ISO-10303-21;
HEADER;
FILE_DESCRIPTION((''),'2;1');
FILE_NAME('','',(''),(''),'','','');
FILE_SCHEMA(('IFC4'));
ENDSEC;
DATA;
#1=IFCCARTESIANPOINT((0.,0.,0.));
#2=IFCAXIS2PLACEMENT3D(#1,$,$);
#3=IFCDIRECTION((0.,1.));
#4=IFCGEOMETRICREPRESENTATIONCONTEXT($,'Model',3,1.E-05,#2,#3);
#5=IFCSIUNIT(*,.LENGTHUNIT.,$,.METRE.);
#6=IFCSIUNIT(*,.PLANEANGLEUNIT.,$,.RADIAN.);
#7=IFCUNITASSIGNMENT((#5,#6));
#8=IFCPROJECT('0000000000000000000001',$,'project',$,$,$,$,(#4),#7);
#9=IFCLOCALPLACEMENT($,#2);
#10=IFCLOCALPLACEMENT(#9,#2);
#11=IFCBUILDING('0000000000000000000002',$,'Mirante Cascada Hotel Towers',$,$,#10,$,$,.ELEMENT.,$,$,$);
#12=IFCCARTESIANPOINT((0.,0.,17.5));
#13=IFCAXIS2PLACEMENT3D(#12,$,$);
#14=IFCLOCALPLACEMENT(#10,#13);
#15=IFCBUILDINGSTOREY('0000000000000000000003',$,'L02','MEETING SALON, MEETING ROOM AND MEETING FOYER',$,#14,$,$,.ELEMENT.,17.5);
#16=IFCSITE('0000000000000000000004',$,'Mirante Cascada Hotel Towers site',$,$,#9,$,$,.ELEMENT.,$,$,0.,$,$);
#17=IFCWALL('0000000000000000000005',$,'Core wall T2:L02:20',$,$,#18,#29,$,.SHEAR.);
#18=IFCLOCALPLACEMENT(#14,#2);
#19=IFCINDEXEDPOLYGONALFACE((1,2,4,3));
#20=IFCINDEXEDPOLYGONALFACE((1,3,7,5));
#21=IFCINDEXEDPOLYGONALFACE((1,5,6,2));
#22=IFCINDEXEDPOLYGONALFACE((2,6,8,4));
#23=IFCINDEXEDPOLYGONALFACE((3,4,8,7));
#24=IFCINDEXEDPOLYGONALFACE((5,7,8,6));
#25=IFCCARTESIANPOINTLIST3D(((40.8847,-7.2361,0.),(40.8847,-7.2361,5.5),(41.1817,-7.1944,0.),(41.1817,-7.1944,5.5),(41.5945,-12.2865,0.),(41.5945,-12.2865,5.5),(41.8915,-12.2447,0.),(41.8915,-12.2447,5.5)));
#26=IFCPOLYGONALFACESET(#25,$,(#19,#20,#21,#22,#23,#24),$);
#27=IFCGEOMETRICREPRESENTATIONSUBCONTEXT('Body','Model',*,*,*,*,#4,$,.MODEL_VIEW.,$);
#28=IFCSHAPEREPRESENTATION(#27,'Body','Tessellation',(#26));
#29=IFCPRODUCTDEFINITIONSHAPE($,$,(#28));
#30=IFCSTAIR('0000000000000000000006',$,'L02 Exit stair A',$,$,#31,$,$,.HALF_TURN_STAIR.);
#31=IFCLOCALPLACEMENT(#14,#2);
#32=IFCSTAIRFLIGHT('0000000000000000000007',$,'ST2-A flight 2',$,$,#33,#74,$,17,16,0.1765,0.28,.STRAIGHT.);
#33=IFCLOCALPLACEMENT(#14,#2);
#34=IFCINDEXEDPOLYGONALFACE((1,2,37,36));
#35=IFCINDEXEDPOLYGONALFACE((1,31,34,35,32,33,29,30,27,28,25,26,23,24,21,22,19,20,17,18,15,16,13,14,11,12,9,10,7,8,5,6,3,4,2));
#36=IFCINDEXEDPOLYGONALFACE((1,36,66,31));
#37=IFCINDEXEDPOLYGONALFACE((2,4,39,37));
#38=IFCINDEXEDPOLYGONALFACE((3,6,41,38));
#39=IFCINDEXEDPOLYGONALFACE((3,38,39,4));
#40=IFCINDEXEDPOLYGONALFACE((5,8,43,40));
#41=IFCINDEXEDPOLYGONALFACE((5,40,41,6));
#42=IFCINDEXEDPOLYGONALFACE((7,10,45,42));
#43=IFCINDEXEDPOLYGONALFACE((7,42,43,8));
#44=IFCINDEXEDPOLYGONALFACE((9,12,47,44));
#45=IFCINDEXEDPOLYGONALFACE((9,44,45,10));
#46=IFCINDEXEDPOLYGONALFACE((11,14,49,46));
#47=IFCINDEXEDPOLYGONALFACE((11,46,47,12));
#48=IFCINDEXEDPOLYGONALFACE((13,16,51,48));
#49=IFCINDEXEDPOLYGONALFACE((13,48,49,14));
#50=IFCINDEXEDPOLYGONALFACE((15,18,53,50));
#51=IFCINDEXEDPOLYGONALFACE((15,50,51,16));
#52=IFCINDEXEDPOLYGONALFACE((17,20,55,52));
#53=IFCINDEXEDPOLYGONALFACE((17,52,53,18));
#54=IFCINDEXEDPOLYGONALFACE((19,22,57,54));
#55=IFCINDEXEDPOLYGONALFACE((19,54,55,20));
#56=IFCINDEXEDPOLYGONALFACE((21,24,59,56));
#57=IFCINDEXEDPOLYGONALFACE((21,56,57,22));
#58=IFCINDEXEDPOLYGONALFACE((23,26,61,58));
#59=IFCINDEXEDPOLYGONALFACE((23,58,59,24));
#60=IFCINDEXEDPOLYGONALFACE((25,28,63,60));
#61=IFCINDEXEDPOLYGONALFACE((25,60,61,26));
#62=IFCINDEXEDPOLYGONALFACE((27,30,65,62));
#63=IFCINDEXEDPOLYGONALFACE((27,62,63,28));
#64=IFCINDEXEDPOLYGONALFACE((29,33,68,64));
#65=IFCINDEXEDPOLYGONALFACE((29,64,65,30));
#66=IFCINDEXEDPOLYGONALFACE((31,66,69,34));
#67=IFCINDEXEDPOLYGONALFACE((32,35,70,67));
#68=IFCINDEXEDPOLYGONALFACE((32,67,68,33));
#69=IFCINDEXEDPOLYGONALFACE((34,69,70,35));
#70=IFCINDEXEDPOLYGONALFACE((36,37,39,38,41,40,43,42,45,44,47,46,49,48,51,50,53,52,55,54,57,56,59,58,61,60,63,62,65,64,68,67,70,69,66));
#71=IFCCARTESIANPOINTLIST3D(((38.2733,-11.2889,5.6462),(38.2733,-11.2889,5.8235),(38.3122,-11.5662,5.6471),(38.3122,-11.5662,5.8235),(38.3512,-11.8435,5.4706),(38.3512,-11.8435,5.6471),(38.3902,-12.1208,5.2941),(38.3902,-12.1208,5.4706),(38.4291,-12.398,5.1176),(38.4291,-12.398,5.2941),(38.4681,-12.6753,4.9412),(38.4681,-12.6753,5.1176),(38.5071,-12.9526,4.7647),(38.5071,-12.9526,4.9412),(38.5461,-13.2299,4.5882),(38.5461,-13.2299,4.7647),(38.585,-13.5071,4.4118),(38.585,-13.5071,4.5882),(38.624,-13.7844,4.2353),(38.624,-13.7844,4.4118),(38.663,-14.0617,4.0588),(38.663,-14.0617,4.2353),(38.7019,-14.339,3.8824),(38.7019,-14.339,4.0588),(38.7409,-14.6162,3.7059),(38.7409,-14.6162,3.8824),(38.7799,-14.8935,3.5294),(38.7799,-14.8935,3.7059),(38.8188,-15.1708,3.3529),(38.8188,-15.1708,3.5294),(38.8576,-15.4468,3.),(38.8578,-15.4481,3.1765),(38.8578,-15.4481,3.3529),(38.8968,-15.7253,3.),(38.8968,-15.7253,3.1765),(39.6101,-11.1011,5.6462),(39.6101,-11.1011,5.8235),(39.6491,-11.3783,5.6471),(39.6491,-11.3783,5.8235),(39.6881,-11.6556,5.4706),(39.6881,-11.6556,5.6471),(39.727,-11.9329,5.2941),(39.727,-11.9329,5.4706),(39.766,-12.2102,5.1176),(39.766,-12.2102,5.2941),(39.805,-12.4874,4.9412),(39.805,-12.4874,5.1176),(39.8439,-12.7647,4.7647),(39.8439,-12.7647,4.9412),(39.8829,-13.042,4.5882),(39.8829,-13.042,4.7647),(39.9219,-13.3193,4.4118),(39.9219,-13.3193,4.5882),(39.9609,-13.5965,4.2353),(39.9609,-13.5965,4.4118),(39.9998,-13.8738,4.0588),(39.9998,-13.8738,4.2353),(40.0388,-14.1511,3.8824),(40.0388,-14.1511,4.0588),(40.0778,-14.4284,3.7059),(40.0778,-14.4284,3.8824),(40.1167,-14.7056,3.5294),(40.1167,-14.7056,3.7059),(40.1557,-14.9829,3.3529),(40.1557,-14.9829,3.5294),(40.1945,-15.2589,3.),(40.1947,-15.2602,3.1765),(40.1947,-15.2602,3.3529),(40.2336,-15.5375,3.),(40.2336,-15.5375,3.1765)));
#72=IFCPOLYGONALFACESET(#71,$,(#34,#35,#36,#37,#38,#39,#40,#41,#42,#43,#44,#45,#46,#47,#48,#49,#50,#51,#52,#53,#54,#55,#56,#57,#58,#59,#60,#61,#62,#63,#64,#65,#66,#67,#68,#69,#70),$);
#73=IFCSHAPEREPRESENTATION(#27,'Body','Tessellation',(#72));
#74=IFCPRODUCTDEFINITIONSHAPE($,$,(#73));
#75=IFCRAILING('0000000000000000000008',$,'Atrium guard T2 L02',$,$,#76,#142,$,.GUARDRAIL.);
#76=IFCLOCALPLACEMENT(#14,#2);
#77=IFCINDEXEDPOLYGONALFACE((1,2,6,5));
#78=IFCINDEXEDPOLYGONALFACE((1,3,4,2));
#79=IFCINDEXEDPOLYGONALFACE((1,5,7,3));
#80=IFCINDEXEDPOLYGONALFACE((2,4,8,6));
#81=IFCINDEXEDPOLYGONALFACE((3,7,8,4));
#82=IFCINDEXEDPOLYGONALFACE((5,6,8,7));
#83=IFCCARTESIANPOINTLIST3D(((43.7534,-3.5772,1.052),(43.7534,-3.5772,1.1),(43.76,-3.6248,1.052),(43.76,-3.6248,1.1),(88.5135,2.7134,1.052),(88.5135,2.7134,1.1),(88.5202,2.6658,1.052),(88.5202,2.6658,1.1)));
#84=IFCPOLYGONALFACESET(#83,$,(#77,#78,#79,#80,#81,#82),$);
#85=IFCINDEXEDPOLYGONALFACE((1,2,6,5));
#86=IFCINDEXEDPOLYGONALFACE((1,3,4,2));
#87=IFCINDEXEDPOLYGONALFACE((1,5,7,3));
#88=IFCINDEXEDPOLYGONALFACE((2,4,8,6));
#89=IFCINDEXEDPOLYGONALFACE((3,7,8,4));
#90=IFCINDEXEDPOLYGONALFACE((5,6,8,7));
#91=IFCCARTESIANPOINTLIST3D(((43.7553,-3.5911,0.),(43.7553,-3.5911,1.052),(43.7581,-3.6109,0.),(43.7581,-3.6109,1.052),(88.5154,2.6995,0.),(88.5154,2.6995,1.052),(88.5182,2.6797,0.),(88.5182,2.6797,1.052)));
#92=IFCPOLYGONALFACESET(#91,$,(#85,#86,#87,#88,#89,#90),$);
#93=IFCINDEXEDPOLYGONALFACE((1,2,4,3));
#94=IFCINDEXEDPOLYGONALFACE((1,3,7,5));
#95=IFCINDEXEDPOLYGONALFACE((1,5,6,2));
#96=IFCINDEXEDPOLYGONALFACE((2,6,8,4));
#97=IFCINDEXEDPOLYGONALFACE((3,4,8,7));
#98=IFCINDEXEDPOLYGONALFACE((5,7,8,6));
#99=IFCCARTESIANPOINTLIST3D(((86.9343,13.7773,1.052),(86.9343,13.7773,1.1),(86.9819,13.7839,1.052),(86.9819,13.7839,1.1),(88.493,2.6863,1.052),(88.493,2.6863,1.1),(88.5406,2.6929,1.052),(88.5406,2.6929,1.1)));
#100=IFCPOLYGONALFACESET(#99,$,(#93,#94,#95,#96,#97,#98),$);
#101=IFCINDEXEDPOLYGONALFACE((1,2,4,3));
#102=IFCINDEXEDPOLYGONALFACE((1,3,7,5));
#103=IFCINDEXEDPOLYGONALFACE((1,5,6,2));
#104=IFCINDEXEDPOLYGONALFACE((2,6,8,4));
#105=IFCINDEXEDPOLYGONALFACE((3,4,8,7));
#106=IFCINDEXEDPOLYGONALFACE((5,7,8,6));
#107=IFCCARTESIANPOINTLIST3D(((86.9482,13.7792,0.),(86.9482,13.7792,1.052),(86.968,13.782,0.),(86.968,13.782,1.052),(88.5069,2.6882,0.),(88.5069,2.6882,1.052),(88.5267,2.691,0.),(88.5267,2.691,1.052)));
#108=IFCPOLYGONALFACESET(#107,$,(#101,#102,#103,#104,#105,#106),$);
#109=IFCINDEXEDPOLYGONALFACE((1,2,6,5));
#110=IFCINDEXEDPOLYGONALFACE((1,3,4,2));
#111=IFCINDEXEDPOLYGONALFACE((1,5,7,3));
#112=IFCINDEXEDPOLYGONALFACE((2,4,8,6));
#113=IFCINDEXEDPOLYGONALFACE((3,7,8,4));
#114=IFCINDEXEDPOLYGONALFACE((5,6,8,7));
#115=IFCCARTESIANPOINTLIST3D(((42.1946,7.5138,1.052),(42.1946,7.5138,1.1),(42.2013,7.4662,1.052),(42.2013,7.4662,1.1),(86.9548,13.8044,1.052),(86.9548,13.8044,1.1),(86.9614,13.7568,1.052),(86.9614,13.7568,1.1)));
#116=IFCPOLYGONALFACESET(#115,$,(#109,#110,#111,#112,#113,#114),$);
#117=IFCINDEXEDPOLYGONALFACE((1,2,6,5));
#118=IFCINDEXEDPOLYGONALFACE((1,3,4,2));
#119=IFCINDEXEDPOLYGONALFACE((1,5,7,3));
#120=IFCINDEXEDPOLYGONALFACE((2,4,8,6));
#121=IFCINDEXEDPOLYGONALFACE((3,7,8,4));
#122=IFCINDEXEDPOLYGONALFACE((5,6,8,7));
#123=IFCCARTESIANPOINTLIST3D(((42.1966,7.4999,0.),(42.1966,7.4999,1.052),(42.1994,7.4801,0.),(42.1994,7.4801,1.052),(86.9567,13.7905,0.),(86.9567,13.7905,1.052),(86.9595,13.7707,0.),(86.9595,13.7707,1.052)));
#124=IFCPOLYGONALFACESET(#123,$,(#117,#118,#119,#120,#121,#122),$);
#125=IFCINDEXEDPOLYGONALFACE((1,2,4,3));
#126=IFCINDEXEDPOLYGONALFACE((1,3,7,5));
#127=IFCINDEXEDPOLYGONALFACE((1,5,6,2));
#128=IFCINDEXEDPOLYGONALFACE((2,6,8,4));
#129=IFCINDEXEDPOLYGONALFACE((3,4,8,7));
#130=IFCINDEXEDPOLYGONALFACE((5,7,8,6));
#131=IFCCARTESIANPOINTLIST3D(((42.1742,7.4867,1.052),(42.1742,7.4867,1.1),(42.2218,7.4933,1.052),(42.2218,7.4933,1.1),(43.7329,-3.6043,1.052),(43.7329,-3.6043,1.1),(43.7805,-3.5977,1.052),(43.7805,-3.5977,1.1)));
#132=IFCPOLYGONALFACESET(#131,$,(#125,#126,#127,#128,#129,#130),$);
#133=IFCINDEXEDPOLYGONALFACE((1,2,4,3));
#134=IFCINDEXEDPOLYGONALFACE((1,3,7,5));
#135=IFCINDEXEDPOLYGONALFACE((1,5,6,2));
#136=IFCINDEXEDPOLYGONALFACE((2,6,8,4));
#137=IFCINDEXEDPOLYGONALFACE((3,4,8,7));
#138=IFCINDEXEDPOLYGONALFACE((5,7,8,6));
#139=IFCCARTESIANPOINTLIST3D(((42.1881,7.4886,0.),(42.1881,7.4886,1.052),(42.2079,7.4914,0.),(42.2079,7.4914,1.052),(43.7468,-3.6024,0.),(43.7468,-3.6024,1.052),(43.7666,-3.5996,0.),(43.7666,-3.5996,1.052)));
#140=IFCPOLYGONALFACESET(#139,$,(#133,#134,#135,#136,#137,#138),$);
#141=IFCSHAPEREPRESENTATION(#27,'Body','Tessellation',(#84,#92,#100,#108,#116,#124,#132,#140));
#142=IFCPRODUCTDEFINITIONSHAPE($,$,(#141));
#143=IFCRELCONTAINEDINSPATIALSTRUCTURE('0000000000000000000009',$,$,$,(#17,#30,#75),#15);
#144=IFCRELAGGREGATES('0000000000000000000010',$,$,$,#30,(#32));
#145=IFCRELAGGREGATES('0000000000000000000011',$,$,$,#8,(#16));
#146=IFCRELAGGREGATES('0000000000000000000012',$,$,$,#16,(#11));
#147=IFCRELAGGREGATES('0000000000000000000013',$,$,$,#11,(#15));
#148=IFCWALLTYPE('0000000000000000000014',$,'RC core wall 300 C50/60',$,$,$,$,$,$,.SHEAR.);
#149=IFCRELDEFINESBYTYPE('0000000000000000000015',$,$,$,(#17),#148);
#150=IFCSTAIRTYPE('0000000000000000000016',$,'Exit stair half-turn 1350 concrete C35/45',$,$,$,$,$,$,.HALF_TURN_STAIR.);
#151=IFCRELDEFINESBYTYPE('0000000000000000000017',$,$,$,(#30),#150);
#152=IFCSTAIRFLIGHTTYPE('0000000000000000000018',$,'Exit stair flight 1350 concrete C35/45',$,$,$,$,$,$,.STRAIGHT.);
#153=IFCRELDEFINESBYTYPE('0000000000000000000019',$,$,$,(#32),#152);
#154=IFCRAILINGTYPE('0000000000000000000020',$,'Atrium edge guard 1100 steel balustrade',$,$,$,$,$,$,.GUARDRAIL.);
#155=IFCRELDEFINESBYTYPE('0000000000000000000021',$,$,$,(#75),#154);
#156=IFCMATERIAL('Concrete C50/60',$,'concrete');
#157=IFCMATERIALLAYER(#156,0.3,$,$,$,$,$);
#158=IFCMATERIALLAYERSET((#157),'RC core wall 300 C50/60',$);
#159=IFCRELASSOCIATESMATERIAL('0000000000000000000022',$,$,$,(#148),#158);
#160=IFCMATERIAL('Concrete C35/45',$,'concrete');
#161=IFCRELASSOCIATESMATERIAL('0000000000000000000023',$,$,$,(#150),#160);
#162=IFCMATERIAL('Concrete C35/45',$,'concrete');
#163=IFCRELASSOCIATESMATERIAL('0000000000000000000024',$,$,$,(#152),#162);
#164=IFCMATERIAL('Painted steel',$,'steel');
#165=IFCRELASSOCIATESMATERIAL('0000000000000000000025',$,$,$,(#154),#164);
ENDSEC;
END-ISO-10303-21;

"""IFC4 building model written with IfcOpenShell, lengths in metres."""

from ifc_helpers import new_model, si_unit, direction, frame, frame_2d, origin, origin_2d, place, context, subcontext, project, spatial, polyline, rectangle, outline, extrude, material, layer, layer_set, type_object, element, aggregate, save


model = new_model("IFC4")

# Units and contexts
model_context = context("Model", 3, precision=1e-05, world=origin(), true_north=direction((0.0, 1.0)))
body_context = subcontext(model_context, "Body", "Model", "MODEL_VIEW")
ifc_project = project(units=[si_unit("LENGTHUNIT", "METRE"), si_unit("PLANEANGLEUNIT", "RADIAN")], contexts=[model_context])

# Site, building, storey
site_placement = place(None, origin())
site = spatial("IfcSite", under=ifc_project, at=site_placement, Name="Mirante Cascada Hotel Towers site", CompositionType="ELEMENT", RefElevation=0.0)
building_placement = place(site_placement, origin())
building = spatial("IfcBuilding", under=site, at=building_placement, Name="Mirante Cascada Hotel Towers", CompositionType="ELEMENT")
storey_placement = place(building_placement, frame((0.0, 0.0, 17.5)))
storey = spatial("IfcBuildingStorey", under=building, at=storey_placement, Name="L02", Description="MEETING SALON, MEETING ROOM AND MEETING FOYER", CompositionType="ELEMENT", Elevation=17.5)

# Shared definitions
ifc_material_1 = material(Name="Concrete C50/60", Category="concrete")
ifc_layer_1 = layer(ifc_material_1, 0.3)
ifc_layer_set_1 = layer_set([ifc_layer_1], Name="RC core wall 300 C50/60")
wall_type_1 = type_object("IfcWallType", Name="RC core wall 300 C50/60", PredefinedType="SHEAR", material=ifc_layer_set_1)

# Wall
wall_1_placement = place(storey_placement, frame((41.743, -12.2656, 0.0), z_axis=(0.0, 0.0, 1.0), x_axis=(-0.139176, 0.990268, 0.0)))
element("IfcWall", 1, at=wall_1_placement, inside=storey, type_object=wall_type_1, Name="Core wall T2:L02:20", PredefinedType="SHEAR", context=body_context, shape_type="SweptSolid", body=[
    extrude(rectangle(XDim=5.1, YDim=0.3, at=frame_2d((2.55, 0.0))), origin(), (0.0, 0.0, 1.0), 5.5),
])

# Stair, stair flight
ifc_material_2 = material(Name="Concrete C35/45", Category="concrete")
stair_type = type_object("IfcStairType", Name="Exit stair half-turn 1350 concrete C35/45", PredefinedType="HALF_TURN_STAIR", material=ifc_material_2)
stair_placement = place(storey_placement, origin())
stair = element("IfcStair", 2, at=stair_placement, inside=storey, type_object=stair_type, Name="L02 Exit stair A", PredefinedType="HALF_TURN_STAIR")
ifc_material_3 = material(Name="Concrete C35/45", Category="concrete")
stair_flight_type = type_object("IfcStairFlightType", Name="Exit stair flight 1350 concrete C35/45", PredefinedType="STRAIGHT", material=ifc_material_3)
stair_flight_placement = place(storey_placement, frame((39.5652, -15.6314, 3.0), z_axis=(0.0, 0.0, 1.0), x_axis=(-0.139173, 0.990268, 0.0)))
stair_flight = element("IfcStairFlight", 3, at=stair_flight_placement, type_object=stair_flight_type, Name="ST2-A flight 2", NumberOfRisers=17, NumberOfTreads=16, PredefinedType="STRAIGHT", RiserHeight=0.1765, TreadLength=0.28, context=body_context, shape_type="SweptSolid", body=[
    extrude(outline(polyline([(0.0, 0.0), (0.0, 0.1765), (0.28, 0.1765), (0.28, 0.3529), (0.56, 0.3529), (0.56, 0.5294), (0.84, 0.5294), (0.84, 0.7059), (1.12, 0.7059), (1.12, 0.8824), (1.4, 0.8824), (1.4, 1.0588), (1.68, 1.0588), (1.68, 1.2353), (1.96, 1.2353), (1.96, 1.4118), (2.24, 1.4118), (2.24, 1.5882), (2.52, 1.5882), (2.52, 1.7647), (2.8, 1.7647), (2.8, 1.9412), (3.08, 1.9412), (3.08, 2.1176), (3.36, 2.1176), (3.36, 2.2941), (3.64, 2.2941), (3.64, 2.4706), (3.92, 2.4706), (3.92, 2.6471), (4.2, 2.6471), (4.2, 2.8235), (4.48, 2.8235), (4.48, 3.0), (4.48, 2.6462), (0.2813, 0.0), (0.0, 0.0)])), frame((0.0, 0.675, 0.0), z_axis=(0.0, -1.0, 0.0), x_axis=(1.0, 0.0, 0.0)), (0.0, 0.0, 1.0), 1.35),
])
aggregate(stair, [stair_flight])

# Railing
ifc_material_4 = material(Name="Painted steel", Category="steel")
railing_type = type_object("IfcRailingType", Name="Atrium edge guard 1100 steel balustrade", PredefinedType="GUARDRAIL", material=ifc_material_4)
railing_placement = place(storey_placement, frame((43.7567, -3.601, 0.0)))
element("IfcRailing", 4, at=railing_placement, inside=storey, type_object=railing_type, Name="Atrium guard T2 L02", PredefinedType="GUARDRAIL", context=body_context, shape_type="SweptSolid", body=[
    extrude(rectangle(XDim=0.048, YDim=0.048, at=origin_2d()), frame((0.0, 0.0, 1.076), z_axis=(0.990268, 0.139173, 0.0), x_axis=(-0.139173, 0.990268, 0.0)), (0.0, 0.0, 1.0), 45.2),
    extrude(rectangle(XDim=0.02, YDim=1.052, at=origin_2d()), frame((0.0, 0.0, 0.526), z_axis=(0.990268, 0.139173, 0.0), x_axis=(-0.139173, 0.990268, 0.0)), (0.0, 0.0, 1.0), 45.2),
    extrude(rectangle(XDim=0.048, YDim=0.048, at=origin_2d()), frame((44.7601, 6.2906, 1.076), z_axis=(-0.13917, 0.990268, 0.0), x_axis=(-0.990268, -0.13917, 0.0)), (0.0, 0.0, 1.0), 11.2),
    extrude(rectangle(XDim=0.02, YDim=1.052, at=origin_2d()), frame((44.7601, 6.2906, 0.526), z_axis=(-0.13917, 0.990268, 0.0), x_axis=(-0.990268, -0.13917, 0.0)), (0.0, 0.0, 1.0), 11.2),
    extrude(rectangle(XDim=0.048, YDim=0.048, at=origin_2d()), frame((43.2014, 17.3816, 1.076), z_axis=(-0.990268, -0.139173, 0.0), x_axis=(0.139173, -0.990268, 0.0)), (0.0, 0.0, 1.0), 45.2),
    extrude(rectangle(XDim=0.02, YDim=1.052, at=origin_2d()), frame((43.2014, 17.3816, 0.526), z_axis=(-0.990268, -0.139173, 0.0), x_axis=(0.139173, -0.990268, 0.0)), (0.0, 0.0, 1.0), 45.2),
    extrude(rectangle(XDim=0.048, YDim=0.048, at=origin_2d()), frame((-1.5587, 11.091, 1.076), z_axis=(0.13917, -0.990268, 0.0), x_axis=(0.990268, 0.13917, 0.0)), (0.0, 0.0, 1.0), 11.2),
    extrude(rectangle(XDim=0.02, YDim=1.052, at=origin_2d()), frame((-1.5587, 11.091, 0.526), z_axis=(0.13917, -0.990268, 0.0), x_axis=(0.990268, 0.13917, 0.0)), (0.0, 0.0, 1.0), 11.2),
])

save(model, "model.ifc")
